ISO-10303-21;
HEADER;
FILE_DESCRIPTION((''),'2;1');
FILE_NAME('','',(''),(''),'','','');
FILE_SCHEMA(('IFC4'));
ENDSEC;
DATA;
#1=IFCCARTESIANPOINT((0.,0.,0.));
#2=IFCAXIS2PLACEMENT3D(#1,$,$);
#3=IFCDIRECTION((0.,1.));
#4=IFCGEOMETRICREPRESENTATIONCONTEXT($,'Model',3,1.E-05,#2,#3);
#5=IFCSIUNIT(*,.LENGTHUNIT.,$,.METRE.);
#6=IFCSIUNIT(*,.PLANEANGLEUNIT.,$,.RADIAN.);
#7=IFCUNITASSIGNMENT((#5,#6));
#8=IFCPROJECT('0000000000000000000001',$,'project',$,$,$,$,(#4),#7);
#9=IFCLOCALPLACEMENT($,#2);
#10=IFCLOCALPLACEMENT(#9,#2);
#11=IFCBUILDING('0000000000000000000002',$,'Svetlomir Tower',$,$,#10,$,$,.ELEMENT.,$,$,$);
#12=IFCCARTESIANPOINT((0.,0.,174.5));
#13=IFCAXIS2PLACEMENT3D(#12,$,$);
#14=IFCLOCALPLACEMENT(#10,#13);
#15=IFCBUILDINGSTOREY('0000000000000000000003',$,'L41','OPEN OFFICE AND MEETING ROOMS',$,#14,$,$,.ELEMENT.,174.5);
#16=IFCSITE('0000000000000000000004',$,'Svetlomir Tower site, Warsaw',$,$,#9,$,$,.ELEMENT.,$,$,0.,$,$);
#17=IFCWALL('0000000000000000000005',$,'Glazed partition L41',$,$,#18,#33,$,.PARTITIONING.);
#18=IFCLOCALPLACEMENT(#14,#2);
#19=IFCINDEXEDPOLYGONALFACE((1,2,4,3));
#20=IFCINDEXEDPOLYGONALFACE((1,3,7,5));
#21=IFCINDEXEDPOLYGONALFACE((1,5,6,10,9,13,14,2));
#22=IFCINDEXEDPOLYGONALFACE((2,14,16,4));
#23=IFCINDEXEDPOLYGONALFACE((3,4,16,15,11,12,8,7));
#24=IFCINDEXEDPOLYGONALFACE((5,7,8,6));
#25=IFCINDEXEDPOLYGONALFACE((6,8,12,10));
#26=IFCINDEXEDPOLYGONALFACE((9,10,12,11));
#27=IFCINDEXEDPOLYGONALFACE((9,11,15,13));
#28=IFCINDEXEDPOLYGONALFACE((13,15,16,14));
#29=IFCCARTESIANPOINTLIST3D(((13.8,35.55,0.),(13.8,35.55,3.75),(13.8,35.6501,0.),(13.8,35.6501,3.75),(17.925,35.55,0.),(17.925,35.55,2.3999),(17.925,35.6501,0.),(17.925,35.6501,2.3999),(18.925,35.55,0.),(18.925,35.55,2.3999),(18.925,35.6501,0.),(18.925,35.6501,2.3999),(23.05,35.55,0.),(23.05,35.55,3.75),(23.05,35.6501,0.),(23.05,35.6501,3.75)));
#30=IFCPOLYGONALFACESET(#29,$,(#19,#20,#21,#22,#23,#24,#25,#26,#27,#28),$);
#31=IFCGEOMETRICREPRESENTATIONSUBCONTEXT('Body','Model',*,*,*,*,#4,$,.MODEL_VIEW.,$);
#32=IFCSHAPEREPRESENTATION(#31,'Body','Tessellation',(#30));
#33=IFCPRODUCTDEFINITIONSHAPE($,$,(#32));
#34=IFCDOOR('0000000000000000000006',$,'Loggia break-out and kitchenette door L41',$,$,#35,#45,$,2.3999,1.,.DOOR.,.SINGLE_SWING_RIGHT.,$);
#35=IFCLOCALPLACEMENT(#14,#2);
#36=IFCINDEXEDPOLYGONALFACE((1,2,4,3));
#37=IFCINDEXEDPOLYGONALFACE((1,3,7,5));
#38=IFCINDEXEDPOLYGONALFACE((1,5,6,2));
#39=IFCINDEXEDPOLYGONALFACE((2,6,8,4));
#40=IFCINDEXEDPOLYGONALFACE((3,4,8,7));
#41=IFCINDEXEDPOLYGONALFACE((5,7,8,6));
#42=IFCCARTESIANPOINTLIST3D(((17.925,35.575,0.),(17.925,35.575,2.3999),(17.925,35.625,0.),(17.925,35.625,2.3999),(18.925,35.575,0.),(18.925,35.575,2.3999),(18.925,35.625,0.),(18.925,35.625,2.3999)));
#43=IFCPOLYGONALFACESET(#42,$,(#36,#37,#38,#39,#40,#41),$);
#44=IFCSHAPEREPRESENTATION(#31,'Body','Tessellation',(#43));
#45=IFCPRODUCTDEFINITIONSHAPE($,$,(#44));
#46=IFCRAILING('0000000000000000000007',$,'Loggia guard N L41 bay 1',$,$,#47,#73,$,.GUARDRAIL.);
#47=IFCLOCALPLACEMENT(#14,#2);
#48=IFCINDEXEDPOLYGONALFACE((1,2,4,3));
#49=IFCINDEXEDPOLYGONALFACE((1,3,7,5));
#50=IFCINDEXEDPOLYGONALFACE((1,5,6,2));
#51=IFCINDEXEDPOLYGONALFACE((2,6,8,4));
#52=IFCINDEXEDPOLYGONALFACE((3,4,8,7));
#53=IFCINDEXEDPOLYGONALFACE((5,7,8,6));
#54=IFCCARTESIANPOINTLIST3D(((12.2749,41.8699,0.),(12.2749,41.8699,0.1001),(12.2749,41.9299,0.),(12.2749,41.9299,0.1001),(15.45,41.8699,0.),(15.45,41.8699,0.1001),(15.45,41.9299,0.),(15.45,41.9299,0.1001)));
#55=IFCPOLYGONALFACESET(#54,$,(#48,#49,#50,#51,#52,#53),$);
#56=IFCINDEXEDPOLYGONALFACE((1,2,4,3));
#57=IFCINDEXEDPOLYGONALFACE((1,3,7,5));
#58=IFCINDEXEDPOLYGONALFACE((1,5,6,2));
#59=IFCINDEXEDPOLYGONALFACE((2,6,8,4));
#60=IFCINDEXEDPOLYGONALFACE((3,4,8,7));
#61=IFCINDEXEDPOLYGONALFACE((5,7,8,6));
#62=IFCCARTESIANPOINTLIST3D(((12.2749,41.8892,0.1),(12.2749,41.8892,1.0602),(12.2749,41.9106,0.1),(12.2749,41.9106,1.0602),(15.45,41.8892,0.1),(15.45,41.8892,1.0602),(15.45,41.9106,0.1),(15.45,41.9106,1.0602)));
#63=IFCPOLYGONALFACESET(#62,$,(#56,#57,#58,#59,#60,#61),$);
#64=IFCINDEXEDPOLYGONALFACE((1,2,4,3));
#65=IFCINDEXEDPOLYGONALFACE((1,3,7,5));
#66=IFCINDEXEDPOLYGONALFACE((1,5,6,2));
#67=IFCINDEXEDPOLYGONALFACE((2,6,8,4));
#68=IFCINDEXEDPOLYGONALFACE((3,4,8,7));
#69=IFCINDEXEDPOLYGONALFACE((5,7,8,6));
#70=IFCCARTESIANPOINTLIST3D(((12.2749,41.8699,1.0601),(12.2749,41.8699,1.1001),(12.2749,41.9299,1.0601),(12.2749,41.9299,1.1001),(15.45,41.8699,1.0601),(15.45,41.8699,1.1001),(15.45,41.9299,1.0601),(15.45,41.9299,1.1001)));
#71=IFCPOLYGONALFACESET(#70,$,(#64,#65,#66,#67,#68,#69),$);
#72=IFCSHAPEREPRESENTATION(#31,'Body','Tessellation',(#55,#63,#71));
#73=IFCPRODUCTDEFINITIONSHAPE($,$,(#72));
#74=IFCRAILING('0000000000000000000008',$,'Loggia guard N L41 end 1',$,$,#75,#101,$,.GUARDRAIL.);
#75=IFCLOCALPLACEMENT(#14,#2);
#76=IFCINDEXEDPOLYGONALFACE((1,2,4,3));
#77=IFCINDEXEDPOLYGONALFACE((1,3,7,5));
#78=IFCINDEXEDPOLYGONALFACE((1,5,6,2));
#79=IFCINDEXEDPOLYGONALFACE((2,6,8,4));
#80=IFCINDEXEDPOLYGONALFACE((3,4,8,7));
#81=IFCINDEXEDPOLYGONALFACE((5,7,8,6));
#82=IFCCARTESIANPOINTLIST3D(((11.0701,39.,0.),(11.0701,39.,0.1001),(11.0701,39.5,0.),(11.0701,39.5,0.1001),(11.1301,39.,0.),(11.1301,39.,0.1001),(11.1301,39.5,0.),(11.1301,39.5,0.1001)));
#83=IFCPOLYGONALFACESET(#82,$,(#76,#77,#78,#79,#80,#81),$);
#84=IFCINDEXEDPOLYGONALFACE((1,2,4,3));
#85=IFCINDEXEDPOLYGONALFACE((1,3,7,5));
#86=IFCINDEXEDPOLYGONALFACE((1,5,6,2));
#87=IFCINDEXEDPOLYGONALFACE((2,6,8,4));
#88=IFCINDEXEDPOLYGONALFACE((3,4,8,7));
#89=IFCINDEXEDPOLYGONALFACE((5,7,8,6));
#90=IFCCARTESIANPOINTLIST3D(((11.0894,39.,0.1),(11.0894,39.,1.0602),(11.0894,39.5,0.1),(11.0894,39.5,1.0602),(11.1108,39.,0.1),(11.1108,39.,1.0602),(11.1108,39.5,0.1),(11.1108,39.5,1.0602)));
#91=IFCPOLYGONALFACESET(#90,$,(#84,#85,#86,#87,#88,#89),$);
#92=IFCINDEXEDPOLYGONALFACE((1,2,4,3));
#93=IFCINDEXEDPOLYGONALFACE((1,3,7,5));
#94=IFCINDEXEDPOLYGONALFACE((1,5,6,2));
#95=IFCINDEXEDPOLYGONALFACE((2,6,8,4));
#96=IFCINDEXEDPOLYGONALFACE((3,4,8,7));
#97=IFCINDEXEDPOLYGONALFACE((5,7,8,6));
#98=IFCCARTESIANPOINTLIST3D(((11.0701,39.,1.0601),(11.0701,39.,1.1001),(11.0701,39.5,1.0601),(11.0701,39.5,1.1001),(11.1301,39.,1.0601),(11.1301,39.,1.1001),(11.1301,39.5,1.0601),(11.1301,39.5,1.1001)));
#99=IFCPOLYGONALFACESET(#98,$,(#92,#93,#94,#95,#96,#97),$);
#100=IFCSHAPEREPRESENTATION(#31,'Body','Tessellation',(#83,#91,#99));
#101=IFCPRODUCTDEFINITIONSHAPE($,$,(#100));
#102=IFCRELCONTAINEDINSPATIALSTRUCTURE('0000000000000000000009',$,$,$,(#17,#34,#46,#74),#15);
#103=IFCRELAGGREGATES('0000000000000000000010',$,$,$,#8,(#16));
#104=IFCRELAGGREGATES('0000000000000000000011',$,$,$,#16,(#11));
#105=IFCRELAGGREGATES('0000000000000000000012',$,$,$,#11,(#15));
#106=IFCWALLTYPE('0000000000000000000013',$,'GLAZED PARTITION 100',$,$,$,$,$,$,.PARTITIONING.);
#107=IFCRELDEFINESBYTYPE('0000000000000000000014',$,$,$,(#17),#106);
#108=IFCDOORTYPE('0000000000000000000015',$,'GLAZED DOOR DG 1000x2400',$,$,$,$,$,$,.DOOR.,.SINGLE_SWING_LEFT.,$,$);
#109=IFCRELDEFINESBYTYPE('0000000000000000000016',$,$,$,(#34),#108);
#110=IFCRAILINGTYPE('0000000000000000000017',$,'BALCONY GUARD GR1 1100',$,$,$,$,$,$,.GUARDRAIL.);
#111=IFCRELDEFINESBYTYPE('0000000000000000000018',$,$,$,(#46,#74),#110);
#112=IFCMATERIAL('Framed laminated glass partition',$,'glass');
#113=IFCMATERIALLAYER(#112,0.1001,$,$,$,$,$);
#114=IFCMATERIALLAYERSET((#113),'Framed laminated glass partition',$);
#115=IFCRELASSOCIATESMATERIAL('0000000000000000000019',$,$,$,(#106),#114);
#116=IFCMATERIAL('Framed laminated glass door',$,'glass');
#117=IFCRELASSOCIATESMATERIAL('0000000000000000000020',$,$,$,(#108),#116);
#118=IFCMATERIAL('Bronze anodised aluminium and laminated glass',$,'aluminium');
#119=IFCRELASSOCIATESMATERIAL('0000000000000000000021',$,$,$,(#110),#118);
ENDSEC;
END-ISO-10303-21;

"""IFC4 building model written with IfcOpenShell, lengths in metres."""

from ifc_helpers import new_model, si_unit, direction, frame, frame_2d, origin, origin_2d, place, context, subcontext, project, spatial, rectangle, extrude, material, layer, layer_set, type_object, element, fill, save


model = new_model("IFC4")

# Units and contexts
model_context = context("Model", 3, precision=1e-05, world=origin(), true_north=direction((0.0, 1.0)))
body_context = subcontext(model_context, "Body", "Model", "MODEL_VIEW")
ifc_project = project(units=[si_unit("LENGTHUNIT", "METRE"), si_unit("PLANEANGLEUNIT", "RADIAN")], contexts=[model_context])

# Site, building, storey
site_placement = place(None, origin())
site = spatial("IfcSite", under=ifc_project, at=site_placement, Name="Svetlomir Tower site, Warsaw", CompositionType="ELEMENT", RefElevation=0.0)
building_placement = place(site_placement, origin())
building = spatial("IfcBuilding", under=site, at=building_placement, Name="Svetlomir Tower", CompositionType="ELEMENT")
storey_placement = place(building_placement, frame((0.0, 0.0, 174.5)))
storey = spatial("IfcBuildingStorey", under=building, at=storey_placement, Name="L41", Description="OPEN OFFICE AND MEETING ROOMS", CompositionType="ELEMENT", Elevation=174.5)

# Shared definitions
ifc_material_1 = material(Name="Framed laminated glass partition", Category="glass")
ifc_layer_1 = layer(ifc_material_1, 0.1001)
ifc_layer_set_1 = layer_set([ifc_layer_1], Name="Framed laminated glass partition")
wall_type = type_object("IfcWallType", Name="GLAZED PARTITION 100", PredefinedType="PARTITIONING", material=ifc_layer_set_1)
ifc_material_2 = material(Name="Framed laminated glass door", Category="glass")
door_type = type_object("IfcDoorType", Name="GLAZED DOOR DG 1000x2400", OperationType="SINGLE_SWING_LEFT", PredefinedType="DOOR", material=ifc_material_2)

# Wall, opening, door
wall_1_placement = place(storey_placement, frame((13.8, 35.6001, 0.0), z_axis=(0.0, 0.0, 1.0), x_axis=(1.0, 0.0, 0.0)))
wall_1 = element("IfcWall", 1, at=wall_1_placement, inside=storey, type_object=wall_type, Name="Glazed partition L41", PredefinedType="PARTITIONING", context=body_context, shape_type="SweptSolid", body=[
    extrude(rectangle(XDim=9.25, YDim=0.1001, at=frame_2d((4.625, 0.0))), origin(), (0.0, 0.0, 1.0), 3.75),
])
opening_1_placement = place(wall_1_placement, frame((4.125, 0.0, 0.0)))
opening_1 = element("IfcOpeningElement", 2, at=opening_1_placement, cuts=wall_1, PredefinedType="OPENING", context=body_context, shape_type="SweptSolid", body=[
    extrude(rectangle(XDim=1.0, YDim=2.3999, at=frame_2d((0.5, 1.2))), frame((0.0, 0.0601, 0.0), z_axis=(0.0, -1.0, 0.0), x_axis=(1.0, 0.0, 0.0)), (0.0, 0.0, 1.0), 0.1201),
])
door_1_placement = place(opening_1_placement, origin())
door_1 = element("IfcDoor", 3, at=door_1_placement, inside=storey, type_object=door_type, Name="Loggia break-out and kitchenette door L41", OperationType="SINGLE_SWING_RIGHT", OverallHeight=2.3999, OverallWidth=1.0, PredefinedType="DOOR", context=body_context, shape_type="SweptSolid", body=[
    extrude(rectangle(XDim=1.0, YDim=2.3999, at=frame_2d((0.5, 1.2))), frame((0.0, 0.0249, 0.0), z_axis=(0.0, -1.0, 0.0), x_axis=(1.0, 0.0, 0.0)), (0.0, 0.0, 1.0), 0.05),
])
fill(opening_1, door_1)

# Railings
ifc_material_3 = material(Name="Bronze anodised aluminium and laminated glass", Category="aluminium")
railing_type = type_object("IfcRailingType", Name="BALCONY GUARD GR1 1100", PredefinedType="GUARDRAIL", material=ifc_material_3)
railing_1_placement = place(storey_placement, frame((12.2749, 41.8999, 0.0)))
element("IfcRailing", 4, at=railing_1_placement, inside=storey, type_object=railing_type, Name="Loggia guard N L41 bay 1", PredefinedType="GUARDRAIL", context=body_context, shape_type="SweptSolid", body=[
    extrude(rectangle(XDim=0.0601, YDim=0.1001, at=origin_2d()), frame((0.0, 0.0, 0.05), z_axis=(1.0, 0.0, 0.0), x_axis=(0.0, 1.0, 0.0)), (0.0, 0.0, 1.0), 3.175),
    extrude(rectangle(XDim=0.0215, YDim=0.9602, at=origin_2d()), frame((0.0, 0.0, 0.5801), z_axis=(1.0, 0.0, 0.0), x_axis=(0.0, 1.0, 0.0)), (0.0, 0.0, 1.0), 3.175),
    extrude(rectangle(XDim=0.0601, YDim=0.04, at=origin_2d()), frame((0.0, 0.0, 1.0801), z_axis=(1.0, 0.0, 0.0), x_axis=(0.0, 1.0, 0.0)), (0.0, 0.0, 1.0), 3.175),
])
railing_2_placement = place(storey_placement, frame((11.1001, 39.5, 0.0)))
element("IfcRailing", 5, at=railing_2_placement, inside=storey, type_object=railing_type, Name="Loggia guard N L41 end 1", PredefinedType="GUARDRAIL", context=body_context, shape_type="SweptSolid", body=[
    extrude(rectangle(XDim=0.0601, YDim=0.1001, at=origin_2d()), frame((0.0, 0.0, 0.05), z_axis=(0.0, -1.0, 0.0), x_axis=(1.0, 0.0, 0.0)), (0.0, 0.0, 1.0), 0.5),
    extrude(rectangle(XDim=0.0215, YDim=0.9602, at=origin_2d()), frame((0.0, 0.0, 0.5801), z_axis=(0.0, -1.0, 0.0), x_axis=(1.0, 0.0, 0.0)), (0.0, 0.0, 1.0), 0.5),
    extrude(rectangle(XDim=0.0601, YDim=0.04, at=origin_2d()), frame((0.0, 0.0, 1.0801), z_axis=(0.0, -1.0, 0.0), x_axis=(1.0, 0.0, 0.0)), (0.0, 0.0, 1.0), 0.5),
])

save(model, "model.ifc")
